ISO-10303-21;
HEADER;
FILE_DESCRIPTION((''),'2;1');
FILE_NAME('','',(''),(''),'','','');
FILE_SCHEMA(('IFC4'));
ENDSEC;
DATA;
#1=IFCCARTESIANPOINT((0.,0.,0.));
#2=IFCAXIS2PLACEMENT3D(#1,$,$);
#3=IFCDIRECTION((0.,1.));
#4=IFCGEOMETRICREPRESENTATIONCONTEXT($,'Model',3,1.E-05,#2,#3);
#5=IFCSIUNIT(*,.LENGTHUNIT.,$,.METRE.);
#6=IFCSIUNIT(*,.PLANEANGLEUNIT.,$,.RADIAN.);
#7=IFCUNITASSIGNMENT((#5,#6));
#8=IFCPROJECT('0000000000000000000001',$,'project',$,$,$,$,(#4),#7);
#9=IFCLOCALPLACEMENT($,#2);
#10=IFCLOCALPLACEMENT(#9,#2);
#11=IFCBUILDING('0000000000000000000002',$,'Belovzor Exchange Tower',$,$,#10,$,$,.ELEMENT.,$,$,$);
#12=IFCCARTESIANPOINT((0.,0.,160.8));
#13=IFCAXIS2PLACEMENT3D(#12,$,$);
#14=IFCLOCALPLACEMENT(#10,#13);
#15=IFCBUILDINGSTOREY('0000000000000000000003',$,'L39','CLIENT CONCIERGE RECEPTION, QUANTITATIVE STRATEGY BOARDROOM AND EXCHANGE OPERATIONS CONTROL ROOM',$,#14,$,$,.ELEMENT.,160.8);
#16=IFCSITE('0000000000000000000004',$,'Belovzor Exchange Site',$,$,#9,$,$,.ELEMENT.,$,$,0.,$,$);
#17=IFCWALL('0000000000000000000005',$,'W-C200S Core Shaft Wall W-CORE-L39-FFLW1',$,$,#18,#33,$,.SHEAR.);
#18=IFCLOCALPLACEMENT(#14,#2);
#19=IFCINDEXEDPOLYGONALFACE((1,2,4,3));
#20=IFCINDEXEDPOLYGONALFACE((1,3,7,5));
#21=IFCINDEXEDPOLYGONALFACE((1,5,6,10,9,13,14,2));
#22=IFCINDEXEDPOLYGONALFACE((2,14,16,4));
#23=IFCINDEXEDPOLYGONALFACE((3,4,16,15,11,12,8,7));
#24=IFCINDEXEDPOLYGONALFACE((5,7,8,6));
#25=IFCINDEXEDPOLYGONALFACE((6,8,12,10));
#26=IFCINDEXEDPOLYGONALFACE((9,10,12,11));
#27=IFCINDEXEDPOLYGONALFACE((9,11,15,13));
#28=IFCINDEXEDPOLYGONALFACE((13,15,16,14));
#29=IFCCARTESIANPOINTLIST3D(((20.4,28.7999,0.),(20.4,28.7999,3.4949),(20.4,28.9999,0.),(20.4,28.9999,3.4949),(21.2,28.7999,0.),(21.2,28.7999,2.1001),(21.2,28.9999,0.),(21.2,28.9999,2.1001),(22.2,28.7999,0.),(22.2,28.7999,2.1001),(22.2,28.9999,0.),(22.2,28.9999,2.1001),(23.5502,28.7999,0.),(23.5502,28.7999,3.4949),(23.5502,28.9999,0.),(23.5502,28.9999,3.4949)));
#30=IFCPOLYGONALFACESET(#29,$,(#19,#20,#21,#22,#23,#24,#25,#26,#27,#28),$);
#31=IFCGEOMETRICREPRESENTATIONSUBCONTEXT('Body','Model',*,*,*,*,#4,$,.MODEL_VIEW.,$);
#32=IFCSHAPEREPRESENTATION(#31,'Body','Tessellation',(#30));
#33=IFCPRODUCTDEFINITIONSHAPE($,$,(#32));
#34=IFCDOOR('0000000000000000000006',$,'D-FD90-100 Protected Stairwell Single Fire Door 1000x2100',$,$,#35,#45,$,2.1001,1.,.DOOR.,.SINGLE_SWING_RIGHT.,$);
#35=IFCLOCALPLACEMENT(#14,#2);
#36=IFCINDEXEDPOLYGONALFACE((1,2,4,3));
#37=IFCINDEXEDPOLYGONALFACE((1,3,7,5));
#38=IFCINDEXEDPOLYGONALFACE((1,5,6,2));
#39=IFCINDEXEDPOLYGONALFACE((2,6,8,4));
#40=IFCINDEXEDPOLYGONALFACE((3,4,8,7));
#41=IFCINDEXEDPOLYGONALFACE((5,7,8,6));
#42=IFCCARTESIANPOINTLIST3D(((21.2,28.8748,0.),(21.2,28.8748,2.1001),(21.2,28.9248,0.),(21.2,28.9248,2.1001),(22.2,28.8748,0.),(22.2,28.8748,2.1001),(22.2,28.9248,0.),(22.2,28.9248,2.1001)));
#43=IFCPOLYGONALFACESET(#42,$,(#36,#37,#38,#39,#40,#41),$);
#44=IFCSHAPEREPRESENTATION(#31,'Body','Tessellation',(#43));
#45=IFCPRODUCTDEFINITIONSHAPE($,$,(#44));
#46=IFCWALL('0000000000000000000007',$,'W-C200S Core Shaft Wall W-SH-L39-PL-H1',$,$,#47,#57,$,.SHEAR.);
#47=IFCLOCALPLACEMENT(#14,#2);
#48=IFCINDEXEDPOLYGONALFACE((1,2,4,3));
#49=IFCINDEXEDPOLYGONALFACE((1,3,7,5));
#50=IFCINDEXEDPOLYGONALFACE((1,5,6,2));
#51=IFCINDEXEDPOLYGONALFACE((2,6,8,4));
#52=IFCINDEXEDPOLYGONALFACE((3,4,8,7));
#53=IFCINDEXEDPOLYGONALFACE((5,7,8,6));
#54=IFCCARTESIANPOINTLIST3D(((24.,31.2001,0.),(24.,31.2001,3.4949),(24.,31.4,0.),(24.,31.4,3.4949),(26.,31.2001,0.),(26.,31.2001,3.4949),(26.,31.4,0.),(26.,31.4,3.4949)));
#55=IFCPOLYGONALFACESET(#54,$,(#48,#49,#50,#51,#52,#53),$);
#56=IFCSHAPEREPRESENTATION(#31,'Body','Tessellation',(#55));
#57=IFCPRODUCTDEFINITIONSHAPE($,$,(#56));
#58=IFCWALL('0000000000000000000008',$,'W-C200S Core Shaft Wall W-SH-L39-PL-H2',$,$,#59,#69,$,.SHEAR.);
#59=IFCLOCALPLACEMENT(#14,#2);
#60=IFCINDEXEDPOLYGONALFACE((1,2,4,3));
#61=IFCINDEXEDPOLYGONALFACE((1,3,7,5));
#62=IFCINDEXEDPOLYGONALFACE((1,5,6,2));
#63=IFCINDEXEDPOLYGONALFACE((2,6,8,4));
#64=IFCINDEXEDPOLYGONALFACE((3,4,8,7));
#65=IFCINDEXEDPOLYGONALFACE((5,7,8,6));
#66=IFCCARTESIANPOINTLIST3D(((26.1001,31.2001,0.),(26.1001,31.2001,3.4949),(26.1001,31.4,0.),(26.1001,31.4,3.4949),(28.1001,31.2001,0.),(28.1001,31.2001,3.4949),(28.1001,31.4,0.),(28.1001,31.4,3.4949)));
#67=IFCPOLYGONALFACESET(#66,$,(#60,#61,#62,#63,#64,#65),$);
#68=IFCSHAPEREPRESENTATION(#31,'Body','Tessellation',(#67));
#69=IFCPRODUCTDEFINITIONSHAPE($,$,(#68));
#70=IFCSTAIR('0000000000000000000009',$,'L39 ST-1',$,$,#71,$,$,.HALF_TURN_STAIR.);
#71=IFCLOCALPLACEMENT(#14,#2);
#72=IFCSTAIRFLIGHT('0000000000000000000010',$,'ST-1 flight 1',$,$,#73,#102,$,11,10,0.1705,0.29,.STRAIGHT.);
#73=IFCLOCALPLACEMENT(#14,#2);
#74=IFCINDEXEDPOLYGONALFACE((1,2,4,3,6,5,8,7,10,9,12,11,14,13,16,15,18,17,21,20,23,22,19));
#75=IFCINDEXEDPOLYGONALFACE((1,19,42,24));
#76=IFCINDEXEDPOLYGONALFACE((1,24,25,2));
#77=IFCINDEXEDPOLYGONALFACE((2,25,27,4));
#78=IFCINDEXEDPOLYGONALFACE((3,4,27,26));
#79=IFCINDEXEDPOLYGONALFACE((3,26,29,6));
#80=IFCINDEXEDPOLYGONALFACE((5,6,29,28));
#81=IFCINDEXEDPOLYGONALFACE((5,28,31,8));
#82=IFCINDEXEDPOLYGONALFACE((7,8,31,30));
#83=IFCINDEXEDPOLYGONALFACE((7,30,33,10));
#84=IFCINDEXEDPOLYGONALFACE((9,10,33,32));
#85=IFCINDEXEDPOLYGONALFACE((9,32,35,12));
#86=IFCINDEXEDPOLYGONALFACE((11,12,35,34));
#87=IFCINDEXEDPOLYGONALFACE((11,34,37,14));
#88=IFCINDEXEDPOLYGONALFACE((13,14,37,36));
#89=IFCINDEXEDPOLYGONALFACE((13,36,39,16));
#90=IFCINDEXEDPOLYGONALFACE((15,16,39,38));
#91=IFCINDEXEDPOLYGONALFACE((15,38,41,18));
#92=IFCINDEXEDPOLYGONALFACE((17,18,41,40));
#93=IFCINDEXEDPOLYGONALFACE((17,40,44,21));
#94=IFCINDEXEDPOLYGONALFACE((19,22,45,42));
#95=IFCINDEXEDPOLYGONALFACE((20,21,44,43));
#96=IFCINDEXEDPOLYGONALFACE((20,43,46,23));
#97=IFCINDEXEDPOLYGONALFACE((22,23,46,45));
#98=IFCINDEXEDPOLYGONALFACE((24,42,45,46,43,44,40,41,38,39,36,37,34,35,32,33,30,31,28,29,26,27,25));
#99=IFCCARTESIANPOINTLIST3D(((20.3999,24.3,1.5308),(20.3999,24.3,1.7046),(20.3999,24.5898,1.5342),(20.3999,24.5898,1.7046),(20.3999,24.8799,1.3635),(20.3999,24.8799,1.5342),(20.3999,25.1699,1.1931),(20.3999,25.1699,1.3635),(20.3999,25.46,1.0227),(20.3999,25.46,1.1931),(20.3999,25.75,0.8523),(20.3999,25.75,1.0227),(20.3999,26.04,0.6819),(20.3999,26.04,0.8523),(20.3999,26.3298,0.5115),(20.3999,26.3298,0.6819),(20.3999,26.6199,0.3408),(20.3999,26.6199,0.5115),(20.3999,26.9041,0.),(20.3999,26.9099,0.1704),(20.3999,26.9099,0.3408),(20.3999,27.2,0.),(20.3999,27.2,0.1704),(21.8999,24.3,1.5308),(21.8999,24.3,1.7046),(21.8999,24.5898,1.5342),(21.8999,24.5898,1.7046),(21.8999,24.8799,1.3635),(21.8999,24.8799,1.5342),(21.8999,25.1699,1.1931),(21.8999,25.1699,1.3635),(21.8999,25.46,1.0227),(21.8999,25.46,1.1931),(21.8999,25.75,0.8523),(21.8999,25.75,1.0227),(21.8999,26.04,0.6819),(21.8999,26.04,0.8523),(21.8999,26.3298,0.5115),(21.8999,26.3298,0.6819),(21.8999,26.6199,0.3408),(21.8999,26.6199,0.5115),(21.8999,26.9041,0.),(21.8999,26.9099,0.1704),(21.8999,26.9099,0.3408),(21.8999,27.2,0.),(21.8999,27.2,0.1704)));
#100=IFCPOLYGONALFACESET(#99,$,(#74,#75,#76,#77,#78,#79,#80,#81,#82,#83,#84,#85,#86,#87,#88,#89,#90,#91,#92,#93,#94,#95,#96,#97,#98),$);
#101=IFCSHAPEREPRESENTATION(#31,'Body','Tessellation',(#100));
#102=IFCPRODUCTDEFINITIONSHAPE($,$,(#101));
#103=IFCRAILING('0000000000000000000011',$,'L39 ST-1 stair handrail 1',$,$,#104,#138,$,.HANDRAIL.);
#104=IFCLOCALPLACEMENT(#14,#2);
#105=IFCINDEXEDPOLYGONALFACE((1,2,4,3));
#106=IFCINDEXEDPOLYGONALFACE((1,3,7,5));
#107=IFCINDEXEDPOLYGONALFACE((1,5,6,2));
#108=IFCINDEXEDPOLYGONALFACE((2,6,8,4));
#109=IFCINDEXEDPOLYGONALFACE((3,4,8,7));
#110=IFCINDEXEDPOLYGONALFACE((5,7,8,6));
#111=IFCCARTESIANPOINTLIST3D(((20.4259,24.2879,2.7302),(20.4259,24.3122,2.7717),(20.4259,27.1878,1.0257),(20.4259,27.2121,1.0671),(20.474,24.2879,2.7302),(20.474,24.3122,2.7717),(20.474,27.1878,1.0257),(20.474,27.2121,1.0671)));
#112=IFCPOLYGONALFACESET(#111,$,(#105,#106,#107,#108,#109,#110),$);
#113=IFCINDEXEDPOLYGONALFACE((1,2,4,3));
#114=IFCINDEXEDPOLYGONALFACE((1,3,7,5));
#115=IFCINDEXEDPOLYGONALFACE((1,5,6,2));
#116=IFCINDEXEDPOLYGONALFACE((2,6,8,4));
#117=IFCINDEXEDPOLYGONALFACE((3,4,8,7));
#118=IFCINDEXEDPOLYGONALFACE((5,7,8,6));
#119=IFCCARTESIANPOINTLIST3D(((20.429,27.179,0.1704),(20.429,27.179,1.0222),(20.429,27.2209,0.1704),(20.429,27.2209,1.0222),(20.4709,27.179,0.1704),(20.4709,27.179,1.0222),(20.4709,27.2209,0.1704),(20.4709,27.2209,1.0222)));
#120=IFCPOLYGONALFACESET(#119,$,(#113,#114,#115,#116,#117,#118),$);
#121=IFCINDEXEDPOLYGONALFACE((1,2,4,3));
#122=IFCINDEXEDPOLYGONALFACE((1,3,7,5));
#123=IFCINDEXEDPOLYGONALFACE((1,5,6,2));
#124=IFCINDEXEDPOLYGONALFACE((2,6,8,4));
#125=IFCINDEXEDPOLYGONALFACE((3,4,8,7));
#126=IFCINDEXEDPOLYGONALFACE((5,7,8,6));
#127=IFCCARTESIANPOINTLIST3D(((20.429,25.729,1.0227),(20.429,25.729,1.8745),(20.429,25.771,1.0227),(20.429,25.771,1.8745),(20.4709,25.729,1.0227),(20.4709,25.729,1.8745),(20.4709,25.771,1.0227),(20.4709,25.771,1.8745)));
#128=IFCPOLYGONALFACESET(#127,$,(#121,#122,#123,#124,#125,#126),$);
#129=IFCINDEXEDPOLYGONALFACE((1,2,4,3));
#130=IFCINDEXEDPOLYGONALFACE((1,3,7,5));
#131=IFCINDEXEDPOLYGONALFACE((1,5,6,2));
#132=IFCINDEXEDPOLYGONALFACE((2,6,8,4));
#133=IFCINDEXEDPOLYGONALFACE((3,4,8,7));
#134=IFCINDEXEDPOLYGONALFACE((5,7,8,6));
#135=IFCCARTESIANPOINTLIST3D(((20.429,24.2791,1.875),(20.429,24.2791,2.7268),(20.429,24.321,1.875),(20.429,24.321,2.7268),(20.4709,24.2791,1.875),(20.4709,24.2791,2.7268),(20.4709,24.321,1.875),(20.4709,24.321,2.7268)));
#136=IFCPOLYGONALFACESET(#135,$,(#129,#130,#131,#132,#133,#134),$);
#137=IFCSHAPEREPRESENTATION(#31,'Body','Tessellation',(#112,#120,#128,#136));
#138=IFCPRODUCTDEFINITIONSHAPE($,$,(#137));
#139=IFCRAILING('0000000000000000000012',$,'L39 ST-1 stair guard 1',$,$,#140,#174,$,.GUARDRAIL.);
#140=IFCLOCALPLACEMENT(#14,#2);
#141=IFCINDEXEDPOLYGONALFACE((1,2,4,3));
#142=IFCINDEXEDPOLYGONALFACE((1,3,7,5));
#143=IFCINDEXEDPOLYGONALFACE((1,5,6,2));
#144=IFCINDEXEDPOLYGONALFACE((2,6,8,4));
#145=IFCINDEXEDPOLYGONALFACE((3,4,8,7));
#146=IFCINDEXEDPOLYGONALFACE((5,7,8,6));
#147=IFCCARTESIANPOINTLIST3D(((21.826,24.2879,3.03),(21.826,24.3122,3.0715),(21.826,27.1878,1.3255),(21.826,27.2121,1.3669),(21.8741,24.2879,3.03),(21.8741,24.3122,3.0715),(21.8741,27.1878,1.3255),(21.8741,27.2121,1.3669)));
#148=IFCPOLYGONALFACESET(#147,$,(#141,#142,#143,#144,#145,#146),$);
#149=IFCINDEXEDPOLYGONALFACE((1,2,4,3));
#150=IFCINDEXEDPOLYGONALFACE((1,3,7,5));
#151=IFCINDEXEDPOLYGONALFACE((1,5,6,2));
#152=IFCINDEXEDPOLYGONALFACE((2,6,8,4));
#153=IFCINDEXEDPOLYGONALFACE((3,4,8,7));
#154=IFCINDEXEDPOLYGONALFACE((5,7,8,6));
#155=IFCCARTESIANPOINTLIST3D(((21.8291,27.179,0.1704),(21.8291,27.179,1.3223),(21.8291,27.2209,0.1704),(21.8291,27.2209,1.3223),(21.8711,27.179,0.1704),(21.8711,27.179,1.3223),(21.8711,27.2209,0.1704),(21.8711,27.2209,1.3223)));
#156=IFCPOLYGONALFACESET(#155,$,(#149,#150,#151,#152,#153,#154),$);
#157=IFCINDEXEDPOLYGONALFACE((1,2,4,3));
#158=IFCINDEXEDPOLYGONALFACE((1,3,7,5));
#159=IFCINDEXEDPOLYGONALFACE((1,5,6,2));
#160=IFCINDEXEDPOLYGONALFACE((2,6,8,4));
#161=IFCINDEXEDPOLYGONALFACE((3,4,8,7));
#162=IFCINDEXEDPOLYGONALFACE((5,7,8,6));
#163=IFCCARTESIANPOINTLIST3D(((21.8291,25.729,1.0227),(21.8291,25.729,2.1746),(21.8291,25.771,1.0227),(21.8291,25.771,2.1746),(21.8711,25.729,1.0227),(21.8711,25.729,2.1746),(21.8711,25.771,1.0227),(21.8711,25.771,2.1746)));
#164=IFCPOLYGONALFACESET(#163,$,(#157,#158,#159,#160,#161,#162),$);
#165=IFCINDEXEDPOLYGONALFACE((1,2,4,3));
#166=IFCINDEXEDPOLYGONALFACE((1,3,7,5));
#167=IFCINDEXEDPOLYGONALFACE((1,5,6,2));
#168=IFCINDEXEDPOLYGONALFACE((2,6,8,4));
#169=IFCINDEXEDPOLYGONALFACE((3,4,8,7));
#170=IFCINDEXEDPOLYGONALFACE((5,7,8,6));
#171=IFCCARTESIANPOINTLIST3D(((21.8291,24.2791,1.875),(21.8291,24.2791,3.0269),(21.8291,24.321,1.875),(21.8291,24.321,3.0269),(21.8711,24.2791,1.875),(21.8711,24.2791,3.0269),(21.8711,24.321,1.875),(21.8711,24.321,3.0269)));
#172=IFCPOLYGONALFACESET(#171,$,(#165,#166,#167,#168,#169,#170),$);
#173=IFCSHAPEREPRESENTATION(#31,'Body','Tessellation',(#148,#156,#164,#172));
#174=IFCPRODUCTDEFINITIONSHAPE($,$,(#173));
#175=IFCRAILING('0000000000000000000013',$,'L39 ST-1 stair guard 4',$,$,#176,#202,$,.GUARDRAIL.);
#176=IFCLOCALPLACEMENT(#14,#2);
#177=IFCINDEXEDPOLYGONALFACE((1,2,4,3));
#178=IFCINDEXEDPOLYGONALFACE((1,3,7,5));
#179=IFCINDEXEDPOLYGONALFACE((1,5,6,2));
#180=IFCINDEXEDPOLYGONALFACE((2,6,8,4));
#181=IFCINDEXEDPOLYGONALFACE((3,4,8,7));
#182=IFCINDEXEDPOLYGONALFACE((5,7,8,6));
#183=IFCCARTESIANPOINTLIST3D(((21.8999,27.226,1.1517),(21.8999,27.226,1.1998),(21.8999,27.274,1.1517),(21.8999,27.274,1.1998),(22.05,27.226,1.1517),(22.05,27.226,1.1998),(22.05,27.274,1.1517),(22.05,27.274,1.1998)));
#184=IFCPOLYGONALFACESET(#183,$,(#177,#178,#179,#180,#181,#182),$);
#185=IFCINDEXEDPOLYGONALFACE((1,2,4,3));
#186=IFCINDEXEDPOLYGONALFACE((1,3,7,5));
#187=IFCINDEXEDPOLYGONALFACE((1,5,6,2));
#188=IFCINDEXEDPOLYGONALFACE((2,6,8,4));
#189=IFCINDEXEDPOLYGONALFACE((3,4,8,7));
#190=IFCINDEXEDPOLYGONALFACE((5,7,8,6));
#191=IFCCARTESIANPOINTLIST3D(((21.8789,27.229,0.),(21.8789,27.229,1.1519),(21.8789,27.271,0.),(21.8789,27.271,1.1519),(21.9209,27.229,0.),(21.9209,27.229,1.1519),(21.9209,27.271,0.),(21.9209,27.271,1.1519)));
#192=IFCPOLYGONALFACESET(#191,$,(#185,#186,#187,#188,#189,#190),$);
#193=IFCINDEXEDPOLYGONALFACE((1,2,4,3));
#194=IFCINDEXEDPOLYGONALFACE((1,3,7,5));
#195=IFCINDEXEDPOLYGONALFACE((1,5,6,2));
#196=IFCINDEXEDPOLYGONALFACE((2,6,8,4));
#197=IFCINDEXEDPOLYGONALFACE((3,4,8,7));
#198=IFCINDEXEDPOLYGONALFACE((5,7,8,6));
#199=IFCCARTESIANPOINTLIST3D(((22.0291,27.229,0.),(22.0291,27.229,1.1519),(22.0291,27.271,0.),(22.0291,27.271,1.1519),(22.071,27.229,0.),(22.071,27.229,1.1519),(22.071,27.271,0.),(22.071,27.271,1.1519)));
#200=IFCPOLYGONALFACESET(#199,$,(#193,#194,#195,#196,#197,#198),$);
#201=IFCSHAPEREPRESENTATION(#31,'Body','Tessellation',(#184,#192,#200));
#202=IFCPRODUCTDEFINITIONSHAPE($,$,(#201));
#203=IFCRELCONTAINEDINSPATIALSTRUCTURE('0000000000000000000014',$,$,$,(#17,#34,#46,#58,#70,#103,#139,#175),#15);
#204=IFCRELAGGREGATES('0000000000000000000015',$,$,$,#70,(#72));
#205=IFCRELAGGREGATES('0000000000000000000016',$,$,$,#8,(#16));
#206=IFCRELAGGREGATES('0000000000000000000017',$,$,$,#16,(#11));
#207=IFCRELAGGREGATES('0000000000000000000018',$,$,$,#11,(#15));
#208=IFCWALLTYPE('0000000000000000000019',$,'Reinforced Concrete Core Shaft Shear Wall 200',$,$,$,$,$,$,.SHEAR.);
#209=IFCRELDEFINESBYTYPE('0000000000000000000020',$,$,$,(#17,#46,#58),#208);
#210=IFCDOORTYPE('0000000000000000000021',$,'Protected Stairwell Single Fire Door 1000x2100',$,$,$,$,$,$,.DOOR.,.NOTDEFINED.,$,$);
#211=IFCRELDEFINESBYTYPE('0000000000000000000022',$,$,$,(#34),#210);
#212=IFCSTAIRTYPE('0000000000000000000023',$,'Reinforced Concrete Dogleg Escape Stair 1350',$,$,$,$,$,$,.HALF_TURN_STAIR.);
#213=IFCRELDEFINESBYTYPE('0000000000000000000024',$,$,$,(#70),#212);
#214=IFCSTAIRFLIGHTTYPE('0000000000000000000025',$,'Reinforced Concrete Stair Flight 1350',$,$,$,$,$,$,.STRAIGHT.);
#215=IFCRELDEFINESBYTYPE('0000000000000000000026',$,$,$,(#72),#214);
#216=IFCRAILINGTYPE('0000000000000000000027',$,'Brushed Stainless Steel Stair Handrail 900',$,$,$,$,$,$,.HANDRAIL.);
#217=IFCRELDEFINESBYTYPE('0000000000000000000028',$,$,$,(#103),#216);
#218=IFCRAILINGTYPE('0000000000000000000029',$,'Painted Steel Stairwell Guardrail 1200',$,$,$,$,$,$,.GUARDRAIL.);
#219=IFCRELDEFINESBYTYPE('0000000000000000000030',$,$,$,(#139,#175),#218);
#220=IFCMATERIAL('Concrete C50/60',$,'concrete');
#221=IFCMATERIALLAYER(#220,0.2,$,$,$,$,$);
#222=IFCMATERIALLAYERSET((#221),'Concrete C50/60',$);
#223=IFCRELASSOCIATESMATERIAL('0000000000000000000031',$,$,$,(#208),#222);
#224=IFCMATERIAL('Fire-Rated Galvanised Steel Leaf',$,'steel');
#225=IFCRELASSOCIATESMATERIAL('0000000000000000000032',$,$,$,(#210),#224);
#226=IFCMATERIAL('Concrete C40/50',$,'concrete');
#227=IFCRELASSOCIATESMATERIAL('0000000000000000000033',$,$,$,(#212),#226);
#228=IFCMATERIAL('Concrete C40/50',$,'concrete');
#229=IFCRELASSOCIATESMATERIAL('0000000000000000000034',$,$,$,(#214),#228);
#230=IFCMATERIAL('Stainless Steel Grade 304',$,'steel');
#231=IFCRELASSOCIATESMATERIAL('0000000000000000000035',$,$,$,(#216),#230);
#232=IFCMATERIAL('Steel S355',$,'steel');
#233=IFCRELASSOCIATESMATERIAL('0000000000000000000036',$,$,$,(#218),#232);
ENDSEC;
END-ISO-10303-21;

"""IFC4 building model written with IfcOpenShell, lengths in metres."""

from ifc_helpers import new_model, si_unit, direction, frame, frame_2d, origin, origin_2d, place, context, subcontext, project, spatial, polyline, rectangle, outline, extrude, material, layer, layer_set, type_object, element, fill, aggregate, save


model = new_model("IFC4")

# Units and contexts
model_context = context("Model", 3, precision=1e-05, world=origin(), true_north=direction((0.0, 1.0)))
body_context = subcontext(model_context, "Body", "Model", "MODEL_VIEW")
ifc_project = project(units=[si_unit("LENGTHUNIT", "METRE"), si_unit("PLANEANGLEUNIT", "RADIAN")], contexts=[model_context])

# Site, building, storey
site_placement = place(None, origin())
site = spatial("IfcSite", under=ifc_project, at=site_placement, Name="Belovzor Exchange Site", CompositionType="ELEMENT", RefElevation=0.0)
building_placement = place(site_placement, origin())
building = spatial("IfcBuilding", under=site, at=building_placement, Name="Belovzor Exchange Tower", CompositionType="ELEMENT")
storey_placement = place(building_placement, frame((0.0, 0.0, 160.8)))
storey = spatial("IfcBuildingStorey", under=building, at=storey_placement, Name="L39", Description="CLIENT CONCIERGE RECEPTION, QUANTITATIVE STRATEGY BOARDROOM AND EXCHANGE OPERATIONS CONTROL ROOM", CompositionType="ELEMENT", Elevation=160.8)

# Wall, opening, door
ifc_material_1 = material(Name="Concrete C50/60", Category="concrete")
ifc_layer_1 = layer(ifc_material_1, 0.2)
ifc_layer_set_1 = layer_set([ifc_layer_1], Name="Concrete C50/60")
wall_type_1 = type_object("IfcWallType", Name="Reinforced Concrete Core Shaft Shear Wall 200", PredefinedType="SHEAR", material=ifc_layer_set_1)
wall_1_placement = place(storey_placement, frame((20.3999, 28.8999, 0.0), z_axis=(0.0, 0.0, 1.0), x_axis=(1.0, 0.0, 0.0)))
wall_1 = element("IfcWall", 1, at=wall_1_placement, inside=storey, type_object=wall_type_1, Name="W-C200S Core Shaft Wall W-CORE-L39-FFLW1", PredefinedType="SHEAR", context=body_context, shape_type="SweptSolid", body=[
    extrude(rectangle(XDim=3.1501, YDim=0.2, at=frame_2d((1.5752, 0.0))), origin(), (0.0, 0.0, 1.0), 3.4949),
])
opening_1_placement = place(wall_1_placement, frame((0.8, 0.0, 0.0)))
opening_1 = element("IfcOpeningElement", 2, at=opening_1_placement, cuts=wall_1, PredefinedType="OPENING", context=body_context, shape_type="SweptSolid", body=[
    extrude(rectangle(XDim=1.0, YDim=2.1001, at=frame_2d((0.5, 1.05))), frame((0.0, 0.1099, 0.0), z_axis=(0.0, -1.0, 0.0), x_axis=(1.0, 0.0, 0.0)), (0.0, 0.0, 1.0), 0.22),
])
ifc_material_2 = material(Name="Fire-Rated Galvanised Steel Leaf", Category="steel")
door_type_1 = type_object("IfcDoorType", Name="Protected Stairwell Single Fire Door 1000x2100", OperationType="NOTDEFINED", PredefinedType="DOOR", material=ifc_material_2)
door_1_placement = place(opening_1_placement, origin())
door_1 = element("IfcDoor", 3, at=door_1_placement, inside=storey, type_object=door_type_1, Name="D-FD90-100 Protected Stairwell Single Fire Door 1000x2100", OperationType="SINGLE_SWING_RIGHT", OverallHeight=2.1001, OverallWidth=1.0, PredefinedType="DOOR", context=body_context, shape_type="SweptSolid", body=[
    extrude(rectangle(XDim=1.0, YDim=2.1001, at=frame_2d((0.5, 1.05))), frame((0.0, 0.0249, 0.0), z_axis=(0.0, -1.0, 0.0), x_axis=(1.0, 0.0, 0.0)), (0.0, 0.0, 1.0), 0.05),
])
fill(opening_1, door_1)

# Walls
for number, where, z_axis, x_axis, name in (
    (4, (24.0, 31.3, 0.0), (0.0, 0.0, 1.0), (1.0, 0.0, 0.0), "W-C200S Core Shaft Wall W-SH-L39-PL-H1"),
    (5, (26.1001, 31.3, 0.0), (0.0, 0.0, 1.0), (1.0, 0.0, 0.0), "W-C200S Core Shaft Wall W-SH-L39-PL-H2"),
):
    element("IfcWall", number, at=place(storey_placement, frame(where, z_axis=z_axis, x_axis=x_axis)), inside=storey, type_object=wall_type_1, Name=name, PredefinedType="SHEAR", context=body_context, shape_type="SweptSolid", body=[
        extrude(rectangle(XDim=2.0, YDim=0.2, at=frame_2d((1.0, 0.0))), origin(), (0.0, 0.0, 1.0), 3.4949),
    ])

# Stair, stair flight
ifc_material_3 = material(Name="Concrete C40/50", Category="concrete")
stair_type = type_object("IfcStairType", Name="Reinforced Concrete Dogleg Escape Stair 1350", PredefinedType="HALF_TURN_STAIR", material=ifc_material_3)
stair_placement = place(storey_placement, origin())
stair = element("IfcStair", 6, at=stair_placement, inside=storey, type_object=stair_type, Name="L39 ST-1", PredefinedType="HALF_TURN_STAIR")
ifc_material_4 = material(Name="Concrete C40/50", Category="concrete")
stair_flight_type = type_object("IfcStairFlightType", Name="Reinforced Concrete Stair Flight 1350", PredefinedType="STRAIGHT", material=ifc_material_4)
stair_flight_placement = place(storey_placement, frame((21.1499, 27.2, 0.0), z_axis=(0.0, 0.0, 1.0), x_axis=(0.0, -1.0, 0.0)))
stair_flight = element("IfcStairFlight", 7, at=stair_flight_placement, type_object=stair_flight_type, Name="ST-1 flight 1", NumberOfRisers=11, NumberOfTreads=10, PredefinedType="STRAIGHT", RiserHeight=0.1705, TreadLength=0.29, context=body_context, shape_type="SweptSolid", body=[
    extrude(outline(polyline([(0.0, 0.0), (0.0, 0.1704), (0.29, 0.1704), (0.29, 0.3408), (0.5801, 0.3408), (0.5801, 0.5115), (0.8701, 0.5115), (0.8701, 0.6819), (1.1599, 0.6819), (1.1599, 0.8523), (1.45, 0.8523), (1.45, 1.0227), (1.74, 1.0227), (1.74, 1.1931), (2.03, 1.1931), (2.03, 1.3635), (2.3201, 1.3635), (2.3201, 1.5342), (2.6101, 1.5342), (2.6101, 1.7046), (2.8999, 1.7046), (2.8999, 1.875), (2.8999, 1.5308), (0.2959, 0.0), (0.0, 0.0)])), frame((0.0, 0.75, 0.0), z_axis=(0.0, -1.0, 0.0), x_axis=(1.0, 0.0, 0.0)), (0.0, 0.0, 1.0), 1.5),
])
aggregate(stair, [stair_flight])

# Railings
ifc_material_5 = material(Name="Stainless Steel Grade 304", Category="steel")
railing_type_1 = type_object("IfcRailingType", Name="Brushed Stainless Steel Stair Handrail 900", PredefinedType="HANDRAIL", material=ifc_material_5)
railing_1_placement = place(storey_placement, frame((20.45, 27.2, 0.1704)))
element("IfcRailing", 8, at=railing_1_placement, inside=storey, type_object=railing_type_1, Name="L39 ST-1 stair handrail 1", PredefinedType="HANDRAIL", context=body_context, shape_type="SweptSolid", body=[
    extrude(rectangle(XDim=0.0481, YDim=0.0481, at=origin_2d()), frame((0.0, 0.0, 0.876), z_axis=(0.0, -0.862095, 0.506747), x_axis=(1.0, 0.0, 0.0)), (0.0, 0.0, 1.0), 3.3638),
    extrude(rectangle(XDim=0.042, YDim=0.042, at=origin_2d()), origin(), (0.0, 0.0, 1.0), 0.8518),
    extrude(rectangle(XDim=0.042, YDim=0.042, at=origin_2d()), frame((0.0, -1.45, 0.8523)), (0.0, 0.0, 1.0), 0.8518),
    extrude(rectangle(XDim=0.042, YDim=0.042, at=origin_2d()), frame((0.0, -2.8999, 1.7046)), (0.0, 0.0, 1.0), 0.8518),
])
ifc_material_6 = material(Name="Steel S355", Category="steel")
railing_type_2 = type_object("IfcRailingType", Name="Painted Steel Stairwell Guardrail 1200", PredefinedType="GUARDRAIL", material=ifc_material_6)
railing_2_placement = place(storey_placement, frame((21.8501, 27.2, 0.1704)))
element("IfcRailing", 9, at=railing_2_placement, inside=storey, type_object=railing_type_2, Name="L39 ST-1 stair guard 1", PredefinedType="GUARDRAIL", context=body_context, shape_type="SweptSolid", body=[
    extrude(rectangle(XDim=0.0481, YDim=0.0481, at=origin_2d()), frame((0.0, 0.0, 1.1758), z_axis=(0.0, -0.862095, 0.506747), x_axis=(1.0, 0.0, 0.0)), (0.0, 0.0, 1.0), 3.3638),
    extrude(rectangle(XDim=0.042, YDim=0.042, at=origin_2d()), origin(), (0.0, 0.0, 1.0), 1.1519),
    extrude(rectangle(XDim=0.042, YDim=0.042, at=origin_2d()), frame((0.0, -1.45, 0.8523)), (0.0, 0.0, 1.0), 1.1519),
    extrude(rectangle(XDim=0.042, YDim=0.042, at=origin_2d()), frame((0.0, -2.8999, 1.7046)), (0.0, 0.0, 1.0), 1.1519),
])
railing_3_placement = place(storey_placement, frame((21.8999, 27.25, 0.0)))
element("IfcRailing", 10, at=railing_3_placement, inside=storey, type_object=railing_type_2, Name="L39 ST-1 stair guard 4", PredefinedType="GUARDRAIL", context=body_context, shape_type="SweptSolid", body=[
    extrude(rectangle(XDim=0.0481, YDim=0.0481, at=origin_2d()), frame((0.0, 0.0, 1.1758), z_axis=(1.0, 0.0, 0.0), x_axis=(0.0, 1.0, 0.0)), (0.0, 0.0, 1.0), 0.1501),
    extrude(rectangle(XDim=0.042, YDim=0.042, at=origin_2d()), origin(), (0.0, 0.0, 1.0), 1.1519),
    extrude(rectangle(XDim=0.042, YDim=0.042, at=origin_2d()), frame((0.1501, 0.0, 0.0)), (0.0, 0.0, 1.0), 1.1519),
])

save(model, "model.ifc")
